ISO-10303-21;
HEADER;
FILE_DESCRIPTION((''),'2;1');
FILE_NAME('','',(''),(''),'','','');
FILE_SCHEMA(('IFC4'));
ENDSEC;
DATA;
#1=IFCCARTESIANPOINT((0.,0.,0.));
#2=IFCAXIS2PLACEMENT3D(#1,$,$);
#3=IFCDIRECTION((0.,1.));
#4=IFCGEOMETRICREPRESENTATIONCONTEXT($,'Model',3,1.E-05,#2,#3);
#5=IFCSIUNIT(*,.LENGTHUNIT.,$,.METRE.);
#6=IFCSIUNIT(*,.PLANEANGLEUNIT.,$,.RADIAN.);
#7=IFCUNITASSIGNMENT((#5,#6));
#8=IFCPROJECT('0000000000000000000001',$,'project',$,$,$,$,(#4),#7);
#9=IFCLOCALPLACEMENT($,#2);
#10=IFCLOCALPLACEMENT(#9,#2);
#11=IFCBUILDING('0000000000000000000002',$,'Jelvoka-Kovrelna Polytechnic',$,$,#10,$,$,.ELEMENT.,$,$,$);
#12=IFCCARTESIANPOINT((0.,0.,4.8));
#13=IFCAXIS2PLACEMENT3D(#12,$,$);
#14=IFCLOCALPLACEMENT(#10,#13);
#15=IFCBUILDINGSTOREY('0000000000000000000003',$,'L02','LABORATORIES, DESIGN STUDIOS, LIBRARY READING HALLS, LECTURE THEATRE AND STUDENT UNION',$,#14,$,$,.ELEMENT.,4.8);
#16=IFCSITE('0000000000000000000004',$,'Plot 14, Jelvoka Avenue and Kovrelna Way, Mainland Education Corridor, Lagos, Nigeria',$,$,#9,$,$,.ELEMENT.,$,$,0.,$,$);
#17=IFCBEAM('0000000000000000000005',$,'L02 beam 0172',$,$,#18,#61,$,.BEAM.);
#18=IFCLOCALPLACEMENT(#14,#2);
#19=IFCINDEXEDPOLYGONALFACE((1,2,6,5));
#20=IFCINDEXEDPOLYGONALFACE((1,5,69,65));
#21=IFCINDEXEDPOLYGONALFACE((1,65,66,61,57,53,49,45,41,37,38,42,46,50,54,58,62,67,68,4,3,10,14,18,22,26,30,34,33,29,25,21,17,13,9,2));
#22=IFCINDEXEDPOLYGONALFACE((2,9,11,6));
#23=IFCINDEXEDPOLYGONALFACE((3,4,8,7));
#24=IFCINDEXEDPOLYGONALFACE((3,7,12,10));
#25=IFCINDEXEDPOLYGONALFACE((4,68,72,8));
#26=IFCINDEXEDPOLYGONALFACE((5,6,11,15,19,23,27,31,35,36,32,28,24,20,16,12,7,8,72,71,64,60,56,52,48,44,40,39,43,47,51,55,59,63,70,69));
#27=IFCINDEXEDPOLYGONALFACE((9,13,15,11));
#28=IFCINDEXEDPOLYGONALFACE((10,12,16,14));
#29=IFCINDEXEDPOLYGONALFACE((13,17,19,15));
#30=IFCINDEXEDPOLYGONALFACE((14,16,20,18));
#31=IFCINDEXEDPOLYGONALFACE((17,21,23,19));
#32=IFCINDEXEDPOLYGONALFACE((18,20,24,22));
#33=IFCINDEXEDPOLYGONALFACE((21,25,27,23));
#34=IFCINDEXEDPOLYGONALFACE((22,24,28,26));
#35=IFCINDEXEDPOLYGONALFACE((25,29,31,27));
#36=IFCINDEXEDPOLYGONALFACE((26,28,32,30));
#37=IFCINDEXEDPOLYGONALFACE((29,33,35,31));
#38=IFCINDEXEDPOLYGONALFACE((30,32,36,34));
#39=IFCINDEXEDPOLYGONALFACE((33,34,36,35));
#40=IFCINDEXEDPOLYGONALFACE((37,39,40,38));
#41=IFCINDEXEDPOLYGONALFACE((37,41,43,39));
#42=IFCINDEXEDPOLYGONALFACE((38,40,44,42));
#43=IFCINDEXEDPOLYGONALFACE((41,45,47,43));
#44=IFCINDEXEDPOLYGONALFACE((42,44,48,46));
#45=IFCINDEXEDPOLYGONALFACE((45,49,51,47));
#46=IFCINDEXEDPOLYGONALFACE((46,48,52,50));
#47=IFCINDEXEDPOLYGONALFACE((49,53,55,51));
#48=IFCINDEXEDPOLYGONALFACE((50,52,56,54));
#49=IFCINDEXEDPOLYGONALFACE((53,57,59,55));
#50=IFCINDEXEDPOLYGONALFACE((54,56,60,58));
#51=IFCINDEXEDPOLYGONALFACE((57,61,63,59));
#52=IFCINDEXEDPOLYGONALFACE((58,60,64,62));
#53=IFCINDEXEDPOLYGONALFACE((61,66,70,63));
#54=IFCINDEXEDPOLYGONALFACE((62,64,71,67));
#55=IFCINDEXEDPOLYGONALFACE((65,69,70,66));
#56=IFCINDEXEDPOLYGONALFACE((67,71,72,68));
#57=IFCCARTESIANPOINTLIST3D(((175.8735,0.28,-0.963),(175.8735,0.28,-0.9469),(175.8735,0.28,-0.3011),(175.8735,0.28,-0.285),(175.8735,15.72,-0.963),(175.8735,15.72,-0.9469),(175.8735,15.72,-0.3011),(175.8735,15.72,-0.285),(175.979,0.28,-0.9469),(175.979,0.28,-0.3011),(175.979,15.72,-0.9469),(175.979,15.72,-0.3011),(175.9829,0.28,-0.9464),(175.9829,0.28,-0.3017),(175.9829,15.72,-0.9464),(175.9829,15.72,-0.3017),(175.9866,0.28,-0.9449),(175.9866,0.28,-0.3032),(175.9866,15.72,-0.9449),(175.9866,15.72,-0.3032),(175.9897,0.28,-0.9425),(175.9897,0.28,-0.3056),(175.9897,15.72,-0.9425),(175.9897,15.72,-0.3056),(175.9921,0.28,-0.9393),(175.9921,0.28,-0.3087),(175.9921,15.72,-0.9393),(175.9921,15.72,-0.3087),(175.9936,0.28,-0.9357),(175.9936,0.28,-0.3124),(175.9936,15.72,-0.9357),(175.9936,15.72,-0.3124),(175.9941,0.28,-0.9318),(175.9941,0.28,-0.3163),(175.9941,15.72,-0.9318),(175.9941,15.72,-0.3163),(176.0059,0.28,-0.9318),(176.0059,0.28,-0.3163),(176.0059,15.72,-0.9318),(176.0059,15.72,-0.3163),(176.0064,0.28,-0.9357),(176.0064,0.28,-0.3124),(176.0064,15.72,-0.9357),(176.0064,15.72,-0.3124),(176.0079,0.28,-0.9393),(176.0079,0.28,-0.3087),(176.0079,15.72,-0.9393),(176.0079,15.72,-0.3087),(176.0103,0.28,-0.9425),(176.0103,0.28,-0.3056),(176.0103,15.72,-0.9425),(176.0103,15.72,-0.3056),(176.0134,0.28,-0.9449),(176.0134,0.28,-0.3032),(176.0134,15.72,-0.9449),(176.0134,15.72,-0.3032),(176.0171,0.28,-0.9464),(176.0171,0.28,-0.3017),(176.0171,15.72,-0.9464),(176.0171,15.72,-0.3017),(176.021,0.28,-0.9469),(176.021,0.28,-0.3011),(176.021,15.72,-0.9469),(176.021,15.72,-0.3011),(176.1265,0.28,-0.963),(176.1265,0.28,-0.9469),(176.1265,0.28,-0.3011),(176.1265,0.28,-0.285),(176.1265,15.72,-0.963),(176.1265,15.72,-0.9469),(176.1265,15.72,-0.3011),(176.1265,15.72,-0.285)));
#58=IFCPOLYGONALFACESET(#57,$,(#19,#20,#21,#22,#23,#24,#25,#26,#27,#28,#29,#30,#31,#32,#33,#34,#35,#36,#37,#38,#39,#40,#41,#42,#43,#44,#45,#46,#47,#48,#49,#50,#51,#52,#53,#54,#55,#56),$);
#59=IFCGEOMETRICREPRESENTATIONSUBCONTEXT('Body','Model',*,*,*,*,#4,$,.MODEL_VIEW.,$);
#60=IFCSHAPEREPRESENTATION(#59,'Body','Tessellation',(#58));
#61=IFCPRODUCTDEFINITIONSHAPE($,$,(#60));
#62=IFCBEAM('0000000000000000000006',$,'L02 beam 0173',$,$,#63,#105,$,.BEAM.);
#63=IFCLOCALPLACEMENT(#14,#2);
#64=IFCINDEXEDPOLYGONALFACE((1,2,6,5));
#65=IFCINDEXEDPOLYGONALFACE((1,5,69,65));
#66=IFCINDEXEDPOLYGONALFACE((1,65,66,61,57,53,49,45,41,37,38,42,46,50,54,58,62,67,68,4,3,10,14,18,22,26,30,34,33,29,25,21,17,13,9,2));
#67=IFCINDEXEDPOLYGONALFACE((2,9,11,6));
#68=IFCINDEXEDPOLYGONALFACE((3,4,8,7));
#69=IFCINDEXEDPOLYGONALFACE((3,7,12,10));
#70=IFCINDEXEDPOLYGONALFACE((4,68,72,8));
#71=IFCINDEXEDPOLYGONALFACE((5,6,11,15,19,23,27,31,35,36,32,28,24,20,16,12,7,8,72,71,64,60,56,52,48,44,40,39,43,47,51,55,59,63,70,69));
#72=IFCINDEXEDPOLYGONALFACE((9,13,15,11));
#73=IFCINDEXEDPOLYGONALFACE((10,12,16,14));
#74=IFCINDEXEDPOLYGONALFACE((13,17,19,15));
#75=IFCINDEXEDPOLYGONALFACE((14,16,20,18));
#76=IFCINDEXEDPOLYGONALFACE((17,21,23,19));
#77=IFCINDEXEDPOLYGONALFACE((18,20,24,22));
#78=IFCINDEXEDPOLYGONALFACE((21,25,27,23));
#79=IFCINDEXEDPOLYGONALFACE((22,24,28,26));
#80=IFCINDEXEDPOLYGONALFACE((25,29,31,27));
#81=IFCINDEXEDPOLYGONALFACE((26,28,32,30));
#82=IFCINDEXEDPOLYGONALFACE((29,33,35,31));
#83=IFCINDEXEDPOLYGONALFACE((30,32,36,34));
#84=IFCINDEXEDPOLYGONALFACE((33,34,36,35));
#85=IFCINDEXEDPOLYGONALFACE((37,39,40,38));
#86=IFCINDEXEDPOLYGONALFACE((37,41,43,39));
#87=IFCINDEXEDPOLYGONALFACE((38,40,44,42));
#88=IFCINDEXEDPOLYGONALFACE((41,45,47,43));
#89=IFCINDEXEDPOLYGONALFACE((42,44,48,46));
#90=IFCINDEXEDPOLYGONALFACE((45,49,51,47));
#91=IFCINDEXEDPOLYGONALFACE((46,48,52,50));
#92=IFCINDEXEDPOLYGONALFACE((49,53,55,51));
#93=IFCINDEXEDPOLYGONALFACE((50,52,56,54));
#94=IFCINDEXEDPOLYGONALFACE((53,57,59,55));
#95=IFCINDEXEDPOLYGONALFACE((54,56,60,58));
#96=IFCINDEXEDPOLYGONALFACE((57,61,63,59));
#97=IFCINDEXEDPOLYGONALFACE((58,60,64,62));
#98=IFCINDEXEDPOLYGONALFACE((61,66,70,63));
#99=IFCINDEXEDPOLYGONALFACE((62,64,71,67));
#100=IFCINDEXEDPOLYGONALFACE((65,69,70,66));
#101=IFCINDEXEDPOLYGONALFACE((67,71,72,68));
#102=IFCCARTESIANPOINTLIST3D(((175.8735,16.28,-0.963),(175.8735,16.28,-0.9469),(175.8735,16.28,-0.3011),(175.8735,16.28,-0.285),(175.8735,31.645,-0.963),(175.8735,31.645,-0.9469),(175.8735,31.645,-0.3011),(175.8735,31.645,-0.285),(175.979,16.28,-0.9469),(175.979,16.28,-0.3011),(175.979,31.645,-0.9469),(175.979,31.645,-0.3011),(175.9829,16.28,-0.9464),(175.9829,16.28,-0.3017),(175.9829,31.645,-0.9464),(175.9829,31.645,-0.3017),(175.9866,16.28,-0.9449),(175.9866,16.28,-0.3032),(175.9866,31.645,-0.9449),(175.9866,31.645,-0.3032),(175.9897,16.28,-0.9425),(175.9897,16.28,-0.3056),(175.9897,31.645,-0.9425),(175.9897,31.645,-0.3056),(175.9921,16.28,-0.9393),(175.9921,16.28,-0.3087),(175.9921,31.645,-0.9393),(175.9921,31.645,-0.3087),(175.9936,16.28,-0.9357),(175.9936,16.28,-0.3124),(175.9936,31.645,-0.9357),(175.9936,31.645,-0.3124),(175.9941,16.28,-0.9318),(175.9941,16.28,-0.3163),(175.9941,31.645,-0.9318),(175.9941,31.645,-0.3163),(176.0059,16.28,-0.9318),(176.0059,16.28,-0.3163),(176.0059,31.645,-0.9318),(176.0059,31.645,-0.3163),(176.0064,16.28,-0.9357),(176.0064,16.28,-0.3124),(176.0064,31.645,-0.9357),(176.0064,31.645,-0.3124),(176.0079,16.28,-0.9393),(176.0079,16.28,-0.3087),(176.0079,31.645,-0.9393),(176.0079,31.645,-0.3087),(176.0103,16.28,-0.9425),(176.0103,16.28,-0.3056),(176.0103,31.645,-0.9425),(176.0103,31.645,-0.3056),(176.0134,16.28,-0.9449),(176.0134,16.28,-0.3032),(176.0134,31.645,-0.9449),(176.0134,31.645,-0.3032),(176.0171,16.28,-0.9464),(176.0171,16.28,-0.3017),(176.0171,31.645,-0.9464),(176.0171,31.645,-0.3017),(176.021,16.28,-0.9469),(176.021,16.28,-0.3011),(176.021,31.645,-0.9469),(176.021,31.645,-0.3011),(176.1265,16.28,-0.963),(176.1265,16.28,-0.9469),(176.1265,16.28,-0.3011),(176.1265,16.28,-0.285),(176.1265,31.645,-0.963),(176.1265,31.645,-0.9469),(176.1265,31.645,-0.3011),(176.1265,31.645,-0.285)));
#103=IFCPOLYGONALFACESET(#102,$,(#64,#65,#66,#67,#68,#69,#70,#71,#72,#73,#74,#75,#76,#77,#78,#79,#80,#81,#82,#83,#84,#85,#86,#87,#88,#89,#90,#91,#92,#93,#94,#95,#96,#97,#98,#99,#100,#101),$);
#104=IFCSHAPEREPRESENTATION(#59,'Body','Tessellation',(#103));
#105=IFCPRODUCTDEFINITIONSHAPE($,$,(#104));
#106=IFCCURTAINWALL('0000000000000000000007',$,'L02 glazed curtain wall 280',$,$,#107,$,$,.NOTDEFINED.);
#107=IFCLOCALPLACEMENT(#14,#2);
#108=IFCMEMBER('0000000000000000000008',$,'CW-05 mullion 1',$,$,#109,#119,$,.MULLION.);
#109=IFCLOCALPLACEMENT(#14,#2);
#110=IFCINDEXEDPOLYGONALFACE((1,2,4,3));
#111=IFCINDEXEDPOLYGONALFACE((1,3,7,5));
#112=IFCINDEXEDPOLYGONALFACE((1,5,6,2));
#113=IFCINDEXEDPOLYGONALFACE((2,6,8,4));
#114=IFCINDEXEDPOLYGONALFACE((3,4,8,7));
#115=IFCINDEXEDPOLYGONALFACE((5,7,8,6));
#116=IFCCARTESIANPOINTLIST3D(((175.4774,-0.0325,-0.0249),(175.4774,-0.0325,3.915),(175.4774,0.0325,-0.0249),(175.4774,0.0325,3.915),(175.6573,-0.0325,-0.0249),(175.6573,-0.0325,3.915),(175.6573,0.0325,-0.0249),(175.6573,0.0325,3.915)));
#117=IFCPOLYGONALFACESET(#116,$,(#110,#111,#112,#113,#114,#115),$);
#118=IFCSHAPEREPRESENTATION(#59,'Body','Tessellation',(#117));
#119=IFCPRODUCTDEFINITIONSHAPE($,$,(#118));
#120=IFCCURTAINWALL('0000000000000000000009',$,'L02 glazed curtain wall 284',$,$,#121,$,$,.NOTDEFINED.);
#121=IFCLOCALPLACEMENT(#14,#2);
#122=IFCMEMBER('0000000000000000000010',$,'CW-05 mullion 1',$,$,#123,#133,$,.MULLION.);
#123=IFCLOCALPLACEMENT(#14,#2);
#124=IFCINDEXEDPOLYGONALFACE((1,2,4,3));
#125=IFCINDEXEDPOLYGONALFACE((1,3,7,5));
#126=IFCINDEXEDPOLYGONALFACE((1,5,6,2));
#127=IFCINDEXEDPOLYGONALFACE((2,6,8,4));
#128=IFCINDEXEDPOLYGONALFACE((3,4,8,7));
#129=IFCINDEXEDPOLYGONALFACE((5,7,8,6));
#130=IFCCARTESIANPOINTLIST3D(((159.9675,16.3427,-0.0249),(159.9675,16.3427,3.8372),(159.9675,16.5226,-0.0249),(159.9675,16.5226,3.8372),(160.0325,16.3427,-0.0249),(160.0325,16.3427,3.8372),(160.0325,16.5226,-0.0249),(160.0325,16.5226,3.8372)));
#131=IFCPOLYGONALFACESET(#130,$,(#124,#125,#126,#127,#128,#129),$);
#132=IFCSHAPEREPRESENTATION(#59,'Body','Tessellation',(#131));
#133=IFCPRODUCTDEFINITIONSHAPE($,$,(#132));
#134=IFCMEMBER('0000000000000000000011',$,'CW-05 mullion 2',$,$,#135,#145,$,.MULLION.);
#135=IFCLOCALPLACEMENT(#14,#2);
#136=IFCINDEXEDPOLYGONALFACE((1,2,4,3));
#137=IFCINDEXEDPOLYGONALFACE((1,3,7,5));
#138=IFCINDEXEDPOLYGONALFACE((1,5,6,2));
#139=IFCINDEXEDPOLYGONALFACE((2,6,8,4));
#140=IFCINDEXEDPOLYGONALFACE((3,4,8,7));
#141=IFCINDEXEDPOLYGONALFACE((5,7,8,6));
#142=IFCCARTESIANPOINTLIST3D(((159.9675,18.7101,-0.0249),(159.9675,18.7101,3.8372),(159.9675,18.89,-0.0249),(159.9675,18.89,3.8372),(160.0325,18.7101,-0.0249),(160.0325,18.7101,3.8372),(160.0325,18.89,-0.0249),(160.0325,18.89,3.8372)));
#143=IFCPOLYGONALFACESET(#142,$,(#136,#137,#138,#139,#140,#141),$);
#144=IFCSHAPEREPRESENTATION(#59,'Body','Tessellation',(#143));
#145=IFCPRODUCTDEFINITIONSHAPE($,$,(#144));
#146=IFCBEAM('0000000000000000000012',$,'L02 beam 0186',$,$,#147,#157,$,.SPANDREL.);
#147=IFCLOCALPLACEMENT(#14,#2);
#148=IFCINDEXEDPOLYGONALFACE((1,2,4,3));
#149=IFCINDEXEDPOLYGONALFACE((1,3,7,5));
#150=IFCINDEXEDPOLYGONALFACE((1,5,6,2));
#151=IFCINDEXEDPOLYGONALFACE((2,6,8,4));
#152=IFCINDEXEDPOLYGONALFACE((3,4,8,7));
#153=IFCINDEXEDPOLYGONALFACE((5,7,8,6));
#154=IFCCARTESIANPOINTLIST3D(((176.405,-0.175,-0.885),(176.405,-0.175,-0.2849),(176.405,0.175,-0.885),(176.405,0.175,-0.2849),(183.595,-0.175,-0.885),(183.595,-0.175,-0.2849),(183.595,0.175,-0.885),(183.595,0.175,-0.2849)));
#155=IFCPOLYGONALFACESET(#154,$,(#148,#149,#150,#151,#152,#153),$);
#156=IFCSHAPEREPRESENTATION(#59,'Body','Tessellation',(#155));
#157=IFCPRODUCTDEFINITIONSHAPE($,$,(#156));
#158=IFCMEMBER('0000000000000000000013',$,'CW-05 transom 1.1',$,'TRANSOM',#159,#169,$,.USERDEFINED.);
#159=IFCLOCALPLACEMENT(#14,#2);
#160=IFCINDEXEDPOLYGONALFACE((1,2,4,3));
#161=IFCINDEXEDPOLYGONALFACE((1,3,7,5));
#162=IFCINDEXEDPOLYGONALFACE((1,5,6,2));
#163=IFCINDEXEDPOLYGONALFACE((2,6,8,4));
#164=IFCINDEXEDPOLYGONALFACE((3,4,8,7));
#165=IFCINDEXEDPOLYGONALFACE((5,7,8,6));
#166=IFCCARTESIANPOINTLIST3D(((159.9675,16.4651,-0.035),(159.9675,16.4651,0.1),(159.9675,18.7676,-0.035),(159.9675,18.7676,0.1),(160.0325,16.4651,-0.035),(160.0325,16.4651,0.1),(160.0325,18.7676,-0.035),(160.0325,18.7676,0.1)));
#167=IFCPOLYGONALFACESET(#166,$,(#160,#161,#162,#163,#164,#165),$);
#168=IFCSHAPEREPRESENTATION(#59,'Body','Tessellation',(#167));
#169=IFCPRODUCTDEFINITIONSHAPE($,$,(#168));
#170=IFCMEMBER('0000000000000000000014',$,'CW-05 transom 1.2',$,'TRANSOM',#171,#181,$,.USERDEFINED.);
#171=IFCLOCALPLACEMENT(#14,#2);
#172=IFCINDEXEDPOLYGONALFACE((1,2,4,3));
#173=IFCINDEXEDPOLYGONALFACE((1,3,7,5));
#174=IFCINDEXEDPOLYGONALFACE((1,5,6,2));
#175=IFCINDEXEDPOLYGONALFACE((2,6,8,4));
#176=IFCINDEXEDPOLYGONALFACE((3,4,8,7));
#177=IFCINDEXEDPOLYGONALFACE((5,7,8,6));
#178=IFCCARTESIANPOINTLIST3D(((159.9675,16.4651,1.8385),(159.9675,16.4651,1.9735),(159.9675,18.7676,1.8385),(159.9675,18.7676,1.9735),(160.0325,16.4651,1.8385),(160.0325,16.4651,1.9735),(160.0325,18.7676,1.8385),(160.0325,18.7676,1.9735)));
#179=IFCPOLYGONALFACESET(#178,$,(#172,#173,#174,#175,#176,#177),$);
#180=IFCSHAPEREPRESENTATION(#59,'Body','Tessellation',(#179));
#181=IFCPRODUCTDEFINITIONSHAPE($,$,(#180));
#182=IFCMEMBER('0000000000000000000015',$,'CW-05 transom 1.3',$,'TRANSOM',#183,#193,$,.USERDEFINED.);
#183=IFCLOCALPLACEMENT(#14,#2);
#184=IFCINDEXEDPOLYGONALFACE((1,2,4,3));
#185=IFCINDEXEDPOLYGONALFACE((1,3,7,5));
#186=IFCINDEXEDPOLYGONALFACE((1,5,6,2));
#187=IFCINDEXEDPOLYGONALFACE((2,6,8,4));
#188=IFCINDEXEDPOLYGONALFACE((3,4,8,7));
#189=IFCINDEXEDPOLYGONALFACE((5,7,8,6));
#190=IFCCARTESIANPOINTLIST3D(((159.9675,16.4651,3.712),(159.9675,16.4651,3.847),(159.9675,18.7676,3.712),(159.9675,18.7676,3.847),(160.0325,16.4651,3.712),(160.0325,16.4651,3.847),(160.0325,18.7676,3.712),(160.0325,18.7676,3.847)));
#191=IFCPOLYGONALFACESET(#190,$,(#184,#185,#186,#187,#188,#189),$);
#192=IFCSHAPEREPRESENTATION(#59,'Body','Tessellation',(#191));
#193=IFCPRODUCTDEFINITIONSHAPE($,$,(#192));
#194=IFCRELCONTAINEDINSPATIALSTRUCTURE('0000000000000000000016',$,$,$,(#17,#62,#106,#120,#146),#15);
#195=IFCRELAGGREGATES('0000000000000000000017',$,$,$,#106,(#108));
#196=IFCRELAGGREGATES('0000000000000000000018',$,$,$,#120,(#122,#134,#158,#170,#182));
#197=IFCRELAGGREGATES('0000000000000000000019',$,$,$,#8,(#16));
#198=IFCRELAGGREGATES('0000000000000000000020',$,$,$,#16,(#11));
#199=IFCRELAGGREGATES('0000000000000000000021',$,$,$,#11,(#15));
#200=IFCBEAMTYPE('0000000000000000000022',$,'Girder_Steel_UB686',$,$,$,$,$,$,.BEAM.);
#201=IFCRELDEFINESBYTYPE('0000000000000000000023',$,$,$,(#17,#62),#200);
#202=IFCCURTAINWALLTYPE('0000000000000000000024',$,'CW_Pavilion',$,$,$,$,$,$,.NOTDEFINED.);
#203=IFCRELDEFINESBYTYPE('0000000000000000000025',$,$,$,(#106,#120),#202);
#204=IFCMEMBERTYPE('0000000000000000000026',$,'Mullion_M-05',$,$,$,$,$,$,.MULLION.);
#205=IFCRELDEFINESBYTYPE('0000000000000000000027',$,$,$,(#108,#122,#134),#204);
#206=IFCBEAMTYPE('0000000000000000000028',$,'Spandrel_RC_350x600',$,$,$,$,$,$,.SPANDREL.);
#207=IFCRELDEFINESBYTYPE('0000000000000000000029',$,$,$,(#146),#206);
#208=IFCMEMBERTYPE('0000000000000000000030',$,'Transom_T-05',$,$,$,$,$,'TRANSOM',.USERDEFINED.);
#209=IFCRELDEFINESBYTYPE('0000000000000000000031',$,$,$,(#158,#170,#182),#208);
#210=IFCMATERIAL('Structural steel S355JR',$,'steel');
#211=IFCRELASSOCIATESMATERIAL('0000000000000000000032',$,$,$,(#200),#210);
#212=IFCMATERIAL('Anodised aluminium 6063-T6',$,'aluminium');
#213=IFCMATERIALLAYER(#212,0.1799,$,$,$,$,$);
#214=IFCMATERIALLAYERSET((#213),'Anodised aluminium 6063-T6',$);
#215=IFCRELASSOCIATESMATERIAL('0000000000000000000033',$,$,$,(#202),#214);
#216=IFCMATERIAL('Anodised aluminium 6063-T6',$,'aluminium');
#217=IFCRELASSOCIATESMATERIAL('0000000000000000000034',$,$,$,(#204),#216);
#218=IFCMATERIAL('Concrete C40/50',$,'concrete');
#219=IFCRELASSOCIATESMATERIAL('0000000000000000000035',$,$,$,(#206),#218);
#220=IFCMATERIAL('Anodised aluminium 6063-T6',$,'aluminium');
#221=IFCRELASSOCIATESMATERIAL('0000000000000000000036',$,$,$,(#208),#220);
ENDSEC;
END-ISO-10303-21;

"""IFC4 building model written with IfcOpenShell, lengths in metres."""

from ifc_helpers import new_model, si_unit, direction, frame, origin, origin_2d, place, context, subcontext, project, spatial, rectangle, i_section, extrude, material, layer, layer_set, material_profile, profile_set, type_object, element, aggregate, save


model = new_model("IFC4")

# Units and contexts
model_context = context("Model", 3, precision=1e-05, world=origin(), true_north=direction((0.0, 1.0)))
body_context = subcontext(model_context, "Body", "Model", "MODEL_VIEW")
ifc_project = project(units=[si_unit("LENGTHUNIT", "METRE"), si_unit("PLANEANGLEUNIT", "RADIAN")], contexts=[model_context])

# Site, building, storey
site_placement = place(None, origin())
site = spatial("IfcSite", under=ifc_project, at=site_placement, Name="Plot 14, Jelvoka Avenue and Kovrelna Way, Mainland Education Corridor, Lagos, Nigeria", CompositionType="ELEMENT", RefElevation=0.0)
building_placement = place(site_placement, origin())
building = spatial("IfcBuilding", under=site, at=building_placement, Name="Jelvoka-Kovrelna Polytechnic", CompositionType="ELEMENT")
storey_placement = place(building_placement, frame((0.0, 0.0, 4.8)))
storey = spatial("IfcBuildingStorey", under=building, at=storey_placement, Name="L02", Description="LABORATORIES, DESIGN STUDIOS, LIBRARY READING HALLS, LECTURE THEATRE AND STUDENT UNION", CompositionType="ELEMENT", Elevation=4.8)

# Beams
ifc_material_1 = material(Name="Structural steel S355JR", Category="steel")
ifc_material_profile_1 = material_profile(ifc_material_1, i_section(OverallWidth=0.2529, OverallDepth=0.678, WebThickness=0.0117, FlangeThickness=0.0161, FilletRadius=0.0151, at=origin_2d()), Name="686x254x125 UB")
ifc_profile_set_1 = profile_set([ifc_material_profile_1], Name="Structural steel S355JR")
beam_type_1 = type_object("IfcBeamType", Name="Girder_Steel_UB686", PredefinedType="BEAM", material=ifc_profile_set_1)
for number, where, z_axis, x_axis, name in (
    (1, (176.0, 0.28, -0.624), (0.0, 1.0, 0.0), (-1.0, 0.0, 0.0), "L02 beam 0172"),
):
    element("IfcBeam", number, at=place(storey_placement, frame(where, z_axis=z_axis, x_axis=x_axis)), inside=storey, type_object=beam_type_1, Name=name, PredefinedType="BEAM", context=body_context, shape_type="SweptSolid", body=[
        extrude(i_section(OverallWidth=0.2529, OverallDepth=0.678, WebThickness=0.0117, FlangeThickness=0.0161, FilletRadius=0.0151, at=origin_2d()), origin(), (0.0, 0.0, 1.0), 15.4399),
    ])
beam_1_placement = place(storey_placement, frame((176.0, 16.28, -0.624), z_axis=(0.0, 1.0, 0.0), x_axis=(-1.0, 0.0, 0.0)))
element("IfcBeam", 2, at=beam_1_placement, inside=storey, type_object=beam_type_1, Name="L02 beam 0173", PredefinedType="BEAM", context=body_context, shape_type="SweptSolid", body=[
    extrude(i_section(OverallWidth=0.2529, OverallDepth=0.678, WebThickness=0.0117, FlangeThickness=0.0161, FilletRadius=0.0151, at=origin_2d()), origin(), (0.0, 0.0, 1.0), 15.365),
])

# Curtain wall, member
ifc_material_2 = material(Name="Anodised aluminium 6063-T6", Category="aluminium")
ifc_layer_1 = layer(ifc_material_2, 0.1799)
ifc_layer_set_1 = layer_set([ifc_layer_1], Name="Anodised aluminium 6063-T6")
curtain_wall_type = type_object("IfcCurtainWallType", Name="CW_Pavilion", PredefinedType="NOTDEFINED", material=ifc_layer_set_1)
curtain_wall_1_placement = place(storey_placement, origin())
curtain_wall_1 = element("IfcCurtainWall", 3, at=curtain_wall_1_placement, inside=storey, type_object=curtain_wall_type, Name="L02 glazed curtain wall 280", PredefinedType="NOTDEFINED")
ifc_material_3 = material(Name="Anodised aluminium 6063-T6", Category="aluminium")
ifc_material_profile_2 = material_profile(ifc_material_3, rectangle(XDim=0.0649, YDim=0.1799, at=origin_2d()), Name="ALU 65x180")
ifc_profile_set_2 = profile_set([ifc_material_profile_2], Name="Anodised aluminium 6063-T6")
member_type_1 = type_object("IfcMemberType", Name="Mullion_M-05", PredefinedType="MULLION", material=ifc_profile_set_2)
member_1_placement = place(storey_placement, frame((175.5674, 0.0, -0.0249), z_axis=(0.0, 0.0, 1.0), x_axis=(0.0, -1.0, 0.0)))
member_1 = element("IfcMember", 4, at=member_1_placement, type_object=member_type_1, Name="CW-05 mullion 1", PredefinedType="MULLION", context=body_context, shape_type="SweptSolid", body=[
    extrude(rectangle(XDim=0.0649, YDim=0.1799, at=origin_2d()), origin(), (0.0, 0.0, 1.0), 3.9399),
])
aggregate(curtain_wall_1, [member_1])

# Curtain wall, members
curtain_wall_2_placement = place(storey_placement, origin())
curtain_wall_2 = element("IfcCurtainWall", 5, at=curtain_wall_2_placement, inside=storey, type_object=curtain_wall_type, Name="L02 glazed curtain wall 284", PredefinedType="NOTDEFINED")
member_2_placement = place(storey_placement, frame((160.0, 16.4326, -0.0249), z_axis=(0.0, 0.0, 1.0), x_axis=(-1.0, 0.0, 0.0)))
member_2 = element("IfcMember", 6, at=member_2_placement, type_object=member_type_1, Name="CW-05 mullion 1", PredefinedType="MULLION", context=body_context, shape_type="SweptSolid", body=[
    extrude(rectangle(XDim=0.0649, YDim=0.1799, at=origin_2d()), origin(), (0.0, 0.0, 1.0), 3.8621),
])
member_3_placement = place(storey_placement, frame((160.0, 18.8, -0.0249), z_axis=(0.0, 0.0, 1.0), x_axis=(-1.0, 0.0, 0.0)))
member_3 = element("IfcMember", 7, at=member_3_placement, type_object=member_type_1, Name="CW-05 mullion 2", PredefinedType="MULLION", context=body_context, shape_type="SweptSolid", body=[
    extrude(rectangle(XDim=0.0649, YDim=0.1799, at=origin_2d()), origin(), (0.0, 0.0, 1.0), 3.8621),
])

# Beam
ifc_material_4 = material(Name="Concrete C40/50", Category="concrete")
ifc_material_profile_3 = material_profile(ifc_material_4, rectangle(XDim=0.3501, YDim=0.6001, at=origin_2d()), Name="RC 350x600")
ifc_profile_set_3 = profile_set([ifc_material_profile_3], Name="Concrete C40/50")
beam_type_2 = type_object("IfcBeamType", Name="Spandrel_RC_350x600", PredefinedType="SPANDREL", material=ifc_profile_set_3)
beam_2_placement = place(storey_placement, frame((176.405, 0.0, -0.585), z_axis=(1.0, 0.0, 0.0), x_axis=(0.0, 1.0, 0.0)))
element("IfcBeam", 8, at=beam_2_placement, inside=storey, type_object=beam_type_2, Name="L02 beam 0186", PredefinedType="SPANDREL", context=body_context, shape_type="SweptSolid", body=[
    extrude(rectangle(XDim=0.3501, YDim=0.6001, at=origin_2d()), origin(), (0.0, 0.0, 1.0), 7.1899),
])

# Members
ifc_material_5 = material(Name="Anodised aluminium 6063-T6", Category="aluminium")
ifc_material_profile_4 = material_profile(ifc_material_5, rectangle(XDim=0.0649, YDim=0.135, at=origin_2d()), Name="ALU 65x135")
ifc_profile_set_4 = profile_set([ifc_material_profile_4], Name="Anodised aluminium 6063-T6")
member_type_2 = type_object("IfcMemberType", Name="Transom_T-05", ElementType="TRANSOM", PredefinedType="USERDEFINED", material=ifc_profile_set_4)
member_4_placement = place(storey_placement, frame((160.0, 16.4651, 0.0325), z_axis=(0.0, 1.0, 0.0), x_axis=(-1.0, 0.0, 0.0)))
member_4 = element("IfcMember", 9, at=member_4_placement, type_object=member_type_2, Name="CW-05 transom 1.1", ObjectType="TRANSOM", PredefinedType="USERDEFINED", context=body_context, shape_type="SweptSolid", body=[
    extrude(rectangle(XDim=0.0649, YDim=0.135, at=origin_2d()), origin(), (0.0, 0.0, 1.0), 2.3025),
])
member_5_placement = place(storey_placement, frame((160.0, 16.4651, 1.906), z_axis=(0.0, 1.0, 0.0), x_axis=(-1.0, 0.0, 0.0)))
member_5 = element("IfcMember", 10, at=member_5_placement, type_object=member_type_2, Name="CW-05 transom 1.2", ObjectType="TRANSOM", PredefinedType="USERDEFINED", context=body_context, shape_type="SweptSolid", body=[
    extrude(rectangle(XDim=0.0649, YDim=0.135, at=origin_2d()), origin(), (0.0, 0.0, 1.0), 2.3025),
])
member_6_placement = place(storey_placement, frame((160.0, 16.4651, 3.7795), z_axis=(0.0, 1.0, 0.0), x_axis=(-1.0, 0.0, 0.0)))
member_6 = element("IfcMember", 11, at=member_6_placement, type_object=member_type_2, Name="CW-05 transom 1.3", ObjectType="TRANSOM", PredefinedType="USERDEFINED", context=body_context, shape_type="SweptSolid", body=[
    extrude(rectangle(XDim=0.0649, YDim=0.135, at=origin_2d()), origin(), (0.0, 0.0, 1.0), 2.3025),
])

aggregate(curtain_wall_2, [member_2, member_3, member_4, member_5, member_6])

save(model, "model.ifc")
